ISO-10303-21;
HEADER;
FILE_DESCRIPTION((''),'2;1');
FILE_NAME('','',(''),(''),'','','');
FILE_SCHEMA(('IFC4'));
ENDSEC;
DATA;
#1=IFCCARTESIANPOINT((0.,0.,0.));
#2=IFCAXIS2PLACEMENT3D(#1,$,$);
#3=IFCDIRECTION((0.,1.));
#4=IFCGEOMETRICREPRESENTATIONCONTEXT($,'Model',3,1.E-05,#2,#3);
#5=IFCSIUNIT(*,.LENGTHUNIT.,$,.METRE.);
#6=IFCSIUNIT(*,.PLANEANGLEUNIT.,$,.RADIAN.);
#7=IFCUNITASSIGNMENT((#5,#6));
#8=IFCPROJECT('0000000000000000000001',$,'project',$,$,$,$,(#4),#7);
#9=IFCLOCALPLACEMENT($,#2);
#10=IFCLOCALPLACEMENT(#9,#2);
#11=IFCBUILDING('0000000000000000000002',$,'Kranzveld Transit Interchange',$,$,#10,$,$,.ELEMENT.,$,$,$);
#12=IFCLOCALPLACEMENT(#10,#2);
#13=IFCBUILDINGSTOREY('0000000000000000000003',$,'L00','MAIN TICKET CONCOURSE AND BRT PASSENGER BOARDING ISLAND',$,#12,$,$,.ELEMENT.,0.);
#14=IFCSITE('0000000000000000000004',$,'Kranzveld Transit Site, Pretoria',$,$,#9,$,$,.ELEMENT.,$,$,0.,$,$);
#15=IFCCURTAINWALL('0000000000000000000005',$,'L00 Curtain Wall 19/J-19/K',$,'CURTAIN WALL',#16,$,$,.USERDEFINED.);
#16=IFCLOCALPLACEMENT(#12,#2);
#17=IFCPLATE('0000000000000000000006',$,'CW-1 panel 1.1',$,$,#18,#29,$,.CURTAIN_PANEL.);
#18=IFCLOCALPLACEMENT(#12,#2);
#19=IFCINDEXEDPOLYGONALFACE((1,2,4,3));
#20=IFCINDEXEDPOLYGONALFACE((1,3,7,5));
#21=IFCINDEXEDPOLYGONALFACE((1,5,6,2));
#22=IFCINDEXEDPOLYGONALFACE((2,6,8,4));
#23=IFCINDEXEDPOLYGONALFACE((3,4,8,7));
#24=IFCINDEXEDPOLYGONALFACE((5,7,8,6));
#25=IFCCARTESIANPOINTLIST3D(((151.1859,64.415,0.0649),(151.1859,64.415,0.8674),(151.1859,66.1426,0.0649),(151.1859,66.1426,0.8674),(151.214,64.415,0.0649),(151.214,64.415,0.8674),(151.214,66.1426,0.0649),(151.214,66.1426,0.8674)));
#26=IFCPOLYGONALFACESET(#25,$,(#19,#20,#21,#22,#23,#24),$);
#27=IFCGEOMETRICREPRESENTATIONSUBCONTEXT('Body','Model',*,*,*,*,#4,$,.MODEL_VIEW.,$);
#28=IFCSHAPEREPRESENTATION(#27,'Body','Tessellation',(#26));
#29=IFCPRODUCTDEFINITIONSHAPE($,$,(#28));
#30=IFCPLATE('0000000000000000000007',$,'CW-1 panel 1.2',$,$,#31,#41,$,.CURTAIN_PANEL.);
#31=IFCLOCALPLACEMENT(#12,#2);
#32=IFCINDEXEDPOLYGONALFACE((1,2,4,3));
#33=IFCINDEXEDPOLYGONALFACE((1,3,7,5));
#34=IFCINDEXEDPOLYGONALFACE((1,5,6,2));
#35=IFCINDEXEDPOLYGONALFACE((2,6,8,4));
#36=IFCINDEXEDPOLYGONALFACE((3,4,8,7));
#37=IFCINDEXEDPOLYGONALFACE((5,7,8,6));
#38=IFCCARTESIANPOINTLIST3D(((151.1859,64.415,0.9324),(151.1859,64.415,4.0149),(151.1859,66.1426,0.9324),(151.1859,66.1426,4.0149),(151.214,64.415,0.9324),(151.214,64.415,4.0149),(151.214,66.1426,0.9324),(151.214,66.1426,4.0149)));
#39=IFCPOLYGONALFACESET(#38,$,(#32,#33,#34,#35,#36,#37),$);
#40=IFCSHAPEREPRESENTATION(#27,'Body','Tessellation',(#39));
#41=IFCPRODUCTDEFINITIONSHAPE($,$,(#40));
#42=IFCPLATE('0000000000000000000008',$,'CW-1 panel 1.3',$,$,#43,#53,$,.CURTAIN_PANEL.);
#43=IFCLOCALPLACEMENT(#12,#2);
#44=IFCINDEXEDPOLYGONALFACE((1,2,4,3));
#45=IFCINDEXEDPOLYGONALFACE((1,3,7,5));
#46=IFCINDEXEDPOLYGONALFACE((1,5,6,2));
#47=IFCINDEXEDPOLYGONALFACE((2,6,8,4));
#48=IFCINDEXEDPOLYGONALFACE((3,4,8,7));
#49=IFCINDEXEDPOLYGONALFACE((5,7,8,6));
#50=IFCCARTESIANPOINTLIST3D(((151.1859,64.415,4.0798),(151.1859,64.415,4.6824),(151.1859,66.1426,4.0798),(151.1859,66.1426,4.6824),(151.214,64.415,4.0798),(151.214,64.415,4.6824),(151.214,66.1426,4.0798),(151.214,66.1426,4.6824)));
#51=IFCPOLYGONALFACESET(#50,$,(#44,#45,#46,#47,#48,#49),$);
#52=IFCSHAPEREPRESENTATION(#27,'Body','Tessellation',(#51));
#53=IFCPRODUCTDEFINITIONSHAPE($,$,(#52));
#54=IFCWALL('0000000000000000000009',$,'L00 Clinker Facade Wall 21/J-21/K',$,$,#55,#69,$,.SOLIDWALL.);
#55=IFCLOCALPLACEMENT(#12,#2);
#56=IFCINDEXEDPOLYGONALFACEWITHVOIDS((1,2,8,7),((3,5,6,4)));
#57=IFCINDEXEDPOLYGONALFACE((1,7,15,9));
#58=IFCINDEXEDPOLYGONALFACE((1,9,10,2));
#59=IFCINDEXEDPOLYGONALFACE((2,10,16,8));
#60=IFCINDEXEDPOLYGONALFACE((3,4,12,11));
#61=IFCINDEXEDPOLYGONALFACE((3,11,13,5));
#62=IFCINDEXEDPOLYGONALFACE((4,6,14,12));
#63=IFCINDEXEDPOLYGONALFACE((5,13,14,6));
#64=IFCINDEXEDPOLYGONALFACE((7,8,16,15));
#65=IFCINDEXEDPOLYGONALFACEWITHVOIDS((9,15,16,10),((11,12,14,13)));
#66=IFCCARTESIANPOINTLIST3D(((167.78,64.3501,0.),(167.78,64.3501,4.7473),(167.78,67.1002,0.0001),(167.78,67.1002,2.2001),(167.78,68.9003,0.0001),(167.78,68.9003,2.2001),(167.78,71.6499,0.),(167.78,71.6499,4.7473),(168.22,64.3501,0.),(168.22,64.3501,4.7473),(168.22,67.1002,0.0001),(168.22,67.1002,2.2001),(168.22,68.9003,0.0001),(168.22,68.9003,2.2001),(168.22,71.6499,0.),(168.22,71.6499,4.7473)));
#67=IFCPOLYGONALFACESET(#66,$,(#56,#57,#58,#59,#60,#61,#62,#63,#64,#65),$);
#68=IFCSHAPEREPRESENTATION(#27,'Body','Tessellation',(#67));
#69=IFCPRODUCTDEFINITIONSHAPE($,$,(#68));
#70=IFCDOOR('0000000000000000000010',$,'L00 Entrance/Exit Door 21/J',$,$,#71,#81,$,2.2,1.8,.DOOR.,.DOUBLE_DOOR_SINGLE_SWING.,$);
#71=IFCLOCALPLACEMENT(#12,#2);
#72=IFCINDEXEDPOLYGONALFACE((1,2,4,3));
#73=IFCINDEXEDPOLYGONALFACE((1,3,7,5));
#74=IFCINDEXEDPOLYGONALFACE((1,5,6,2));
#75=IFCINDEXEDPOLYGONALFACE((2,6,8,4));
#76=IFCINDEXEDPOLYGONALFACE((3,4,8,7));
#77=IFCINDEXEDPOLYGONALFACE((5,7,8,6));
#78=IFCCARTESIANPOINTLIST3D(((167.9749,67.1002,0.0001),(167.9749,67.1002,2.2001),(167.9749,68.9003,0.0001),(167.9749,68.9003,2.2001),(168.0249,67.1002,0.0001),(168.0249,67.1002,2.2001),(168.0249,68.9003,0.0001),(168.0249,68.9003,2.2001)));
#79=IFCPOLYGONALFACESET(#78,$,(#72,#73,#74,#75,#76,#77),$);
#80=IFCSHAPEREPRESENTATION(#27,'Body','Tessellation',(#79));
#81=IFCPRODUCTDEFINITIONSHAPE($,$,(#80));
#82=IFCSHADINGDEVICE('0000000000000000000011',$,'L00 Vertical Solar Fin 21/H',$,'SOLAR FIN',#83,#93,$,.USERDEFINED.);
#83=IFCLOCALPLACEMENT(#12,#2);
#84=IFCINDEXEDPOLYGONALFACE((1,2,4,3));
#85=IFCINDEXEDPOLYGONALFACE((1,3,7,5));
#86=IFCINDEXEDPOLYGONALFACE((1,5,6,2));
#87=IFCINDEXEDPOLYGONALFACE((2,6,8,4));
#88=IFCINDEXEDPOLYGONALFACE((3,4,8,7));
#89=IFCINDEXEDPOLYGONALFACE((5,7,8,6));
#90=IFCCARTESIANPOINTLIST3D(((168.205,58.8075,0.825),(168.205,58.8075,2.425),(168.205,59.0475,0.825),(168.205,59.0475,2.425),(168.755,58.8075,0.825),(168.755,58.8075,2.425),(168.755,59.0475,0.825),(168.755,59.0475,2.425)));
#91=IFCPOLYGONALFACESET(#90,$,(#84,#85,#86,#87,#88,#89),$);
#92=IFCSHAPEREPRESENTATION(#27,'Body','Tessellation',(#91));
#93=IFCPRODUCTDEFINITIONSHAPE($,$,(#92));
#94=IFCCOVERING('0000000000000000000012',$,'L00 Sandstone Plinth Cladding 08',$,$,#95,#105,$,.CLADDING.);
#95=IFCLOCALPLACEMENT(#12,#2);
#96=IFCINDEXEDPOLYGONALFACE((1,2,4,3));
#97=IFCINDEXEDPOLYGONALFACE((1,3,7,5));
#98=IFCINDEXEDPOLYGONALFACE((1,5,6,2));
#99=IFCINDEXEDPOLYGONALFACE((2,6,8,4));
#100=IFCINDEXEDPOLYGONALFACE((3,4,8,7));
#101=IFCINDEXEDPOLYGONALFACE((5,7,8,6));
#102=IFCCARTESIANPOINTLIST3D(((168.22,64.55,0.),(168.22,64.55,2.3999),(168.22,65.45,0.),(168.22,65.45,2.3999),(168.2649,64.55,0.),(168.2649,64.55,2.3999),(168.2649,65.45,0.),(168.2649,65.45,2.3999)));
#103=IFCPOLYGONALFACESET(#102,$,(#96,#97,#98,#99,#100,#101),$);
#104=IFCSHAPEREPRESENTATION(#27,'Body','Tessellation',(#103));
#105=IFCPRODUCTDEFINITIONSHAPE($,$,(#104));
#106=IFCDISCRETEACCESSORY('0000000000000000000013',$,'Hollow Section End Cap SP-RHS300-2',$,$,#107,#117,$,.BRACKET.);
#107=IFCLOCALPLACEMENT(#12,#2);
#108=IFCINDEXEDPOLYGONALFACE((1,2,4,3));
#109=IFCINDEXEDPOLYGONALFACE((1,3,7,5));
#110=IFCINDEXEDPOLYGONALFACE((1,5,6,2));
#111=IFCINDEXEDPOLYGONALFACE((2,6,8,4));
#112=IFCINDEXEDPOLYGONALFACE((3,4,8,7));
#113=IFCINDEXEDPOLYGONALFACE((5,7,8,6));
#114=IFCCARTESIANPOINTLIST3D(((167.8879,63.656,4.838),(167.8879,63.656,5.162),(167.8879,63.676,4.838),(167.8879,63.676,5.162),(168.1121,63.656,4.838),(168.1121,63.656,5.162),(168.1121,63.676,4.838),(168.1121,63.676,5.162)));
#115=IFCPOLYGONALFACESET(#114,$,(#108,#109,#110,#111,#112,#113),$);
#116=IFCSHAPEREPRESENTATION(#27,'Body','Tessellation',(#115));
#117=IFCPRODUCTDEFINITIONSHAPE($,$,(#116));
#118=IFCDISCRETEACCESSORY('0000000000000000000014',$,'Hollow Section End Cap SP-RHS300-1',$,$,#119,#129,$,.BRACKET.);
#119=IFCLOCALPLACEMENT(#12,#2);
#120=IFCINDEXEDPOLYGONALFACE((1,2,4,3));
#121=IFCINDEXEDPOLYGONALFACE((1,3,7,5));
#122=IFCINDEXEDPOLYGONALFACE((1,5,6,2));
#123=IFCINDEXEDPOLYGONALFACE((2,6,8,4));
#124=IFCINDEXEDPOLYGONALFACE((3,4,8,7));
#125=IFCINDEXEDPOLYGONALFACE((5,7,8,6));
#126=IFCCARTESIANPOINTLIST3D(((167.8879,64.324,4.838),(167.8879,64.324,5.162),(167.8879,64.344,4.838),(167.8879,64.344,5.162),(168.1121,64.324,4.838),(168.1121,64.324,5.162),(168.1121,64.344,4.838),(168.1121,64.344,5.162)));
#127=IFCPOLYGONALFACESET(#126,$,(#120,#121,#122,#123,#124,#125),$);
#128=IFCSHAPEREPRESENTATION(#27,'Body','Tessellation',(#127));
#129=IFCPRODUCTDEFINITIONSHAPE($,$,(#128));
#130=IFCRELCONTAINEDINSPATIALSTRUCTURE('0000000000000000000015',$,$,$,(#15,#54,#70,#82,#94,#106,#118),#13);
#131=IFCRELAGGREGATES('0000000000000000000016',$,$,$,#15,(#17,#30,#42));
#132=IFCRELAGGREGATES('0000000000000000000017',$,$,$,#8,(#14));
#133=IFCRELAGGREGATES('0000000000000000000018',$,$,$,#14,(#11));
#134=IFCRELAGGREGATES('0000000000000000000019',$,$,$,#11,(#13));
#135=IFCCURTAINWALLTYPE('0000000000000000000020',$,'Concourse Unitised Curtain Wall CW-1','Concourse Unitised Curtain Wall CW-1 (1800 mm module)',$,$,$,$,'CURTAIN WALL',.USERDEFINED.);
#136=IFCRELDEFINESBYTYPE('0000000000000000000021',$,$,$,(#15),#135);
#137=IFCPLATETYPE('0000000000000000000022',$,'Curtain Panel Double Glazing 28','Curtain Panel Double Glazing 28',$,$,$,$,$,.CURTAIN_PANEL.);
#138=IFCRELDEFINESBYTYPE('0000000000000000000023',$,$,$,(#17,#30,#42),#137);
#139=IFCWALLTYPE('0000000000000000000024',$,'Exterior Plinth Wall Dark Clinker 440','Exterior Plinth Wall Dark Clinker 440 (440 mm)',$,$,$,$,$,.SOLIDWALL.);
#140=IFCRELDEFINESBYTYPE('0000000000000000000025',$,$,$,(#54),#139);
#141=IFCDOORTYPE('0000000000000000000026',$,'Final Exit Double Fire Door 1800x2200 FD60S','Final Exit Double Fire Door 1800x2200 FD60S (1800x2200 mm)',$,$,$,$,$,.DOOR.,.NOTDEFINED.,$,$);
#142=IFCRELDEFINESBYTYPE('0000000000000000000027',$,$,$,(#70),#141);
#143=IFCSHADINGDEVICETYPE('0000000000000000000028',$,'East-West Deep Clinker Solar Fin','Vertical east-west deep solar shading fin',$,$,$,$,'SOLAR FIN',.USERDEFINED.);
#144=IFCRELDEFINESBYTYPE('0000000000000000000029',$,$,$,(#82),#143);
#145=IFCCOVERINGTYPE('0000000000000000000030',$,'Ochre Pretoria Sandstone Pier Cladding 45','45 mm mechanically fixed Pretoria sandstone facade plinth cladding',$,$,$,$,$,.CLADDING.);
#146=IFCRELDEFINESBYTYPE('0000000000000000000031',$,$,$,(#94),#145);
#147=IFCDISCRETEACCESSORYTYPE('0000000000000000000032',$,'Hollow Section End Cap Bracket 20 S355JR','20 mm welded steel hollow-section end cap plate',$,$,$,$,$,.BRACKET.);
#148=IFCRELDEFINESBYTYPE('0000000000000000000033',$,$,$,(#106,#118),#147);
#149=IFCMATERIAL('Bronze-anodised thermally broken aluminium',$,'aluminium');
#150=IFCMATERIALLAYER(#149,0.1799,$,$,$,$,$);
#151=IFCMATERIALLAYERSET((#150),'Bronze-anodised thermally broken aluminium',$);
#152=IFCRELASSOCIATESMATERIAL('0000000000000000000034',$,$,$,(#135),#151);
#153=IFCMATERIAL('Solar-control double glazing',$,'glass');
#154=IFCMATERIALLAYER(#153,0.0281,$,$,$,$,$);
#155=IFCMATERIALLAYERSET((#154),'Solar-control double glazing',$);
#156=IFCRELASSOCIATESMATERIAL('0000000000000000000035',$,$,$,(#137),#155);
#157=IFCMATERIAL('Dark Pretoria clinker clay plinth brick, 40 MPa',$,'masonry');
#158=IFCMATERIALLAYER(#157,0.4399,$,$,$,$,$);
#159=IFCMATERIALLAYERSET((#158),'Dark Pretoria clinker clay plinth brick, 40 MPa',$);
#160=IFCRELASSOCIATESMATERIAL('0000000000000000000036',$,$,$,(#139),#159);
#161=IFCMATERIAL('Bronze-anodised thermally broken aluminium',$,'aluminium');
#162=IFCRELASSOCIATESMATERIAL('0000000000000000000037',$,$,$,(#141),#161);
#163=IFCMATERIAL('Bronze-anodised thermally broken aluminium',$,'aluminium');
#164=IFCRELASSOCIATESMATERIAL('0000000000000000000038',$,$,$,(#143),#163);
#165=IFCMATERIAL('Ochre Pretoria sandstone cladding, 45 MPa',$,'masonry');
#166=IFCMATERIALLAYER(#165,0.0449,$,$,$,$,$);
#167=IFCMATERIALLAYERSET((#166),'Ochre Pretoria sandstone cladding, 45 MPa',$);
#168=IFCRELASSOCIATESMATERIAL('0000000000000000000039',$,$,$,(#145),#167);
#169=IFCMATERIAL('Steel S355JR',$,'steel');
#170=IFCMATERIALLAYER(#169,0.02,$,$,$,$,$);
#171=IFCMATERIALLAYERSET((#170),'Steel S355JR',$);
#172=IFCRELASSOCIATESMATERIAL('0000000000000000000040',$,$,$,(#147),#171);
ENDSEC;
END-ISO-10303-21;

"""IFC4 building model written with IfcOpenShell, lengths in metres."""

from ifc_helpers import new_model, si_unit, direction, frame, frame_2d, origin, origin_2d, place, context, subcontext, project, spatial, rectangle, extrude, material, layer, layer_set, type_object, element, fill, aggregate, save


model = new_model("IFC4")

# Units and contexts
model_context = context("Model", 3, precision=1e-05, world=origin(), true_north=direction((0.0, 1.0)))
body_context = subcontext(model_context, "Body", "Model", "MODEL_VIEW")
ifc_project = project(units=[si_unit("LENGTHUNIT", "METRE"), si_unit("PLANEANGLEUNIT", "RADIAN")], contexts=[model_context])

# Site, building, storey
site_placement = place(None, origin())
site = spatial("IfcSite", under=ifc_project, at=site_placement, Name="Kranzveld Transit Site, Pretoria", CompositionType="ELEMENT", RefElevation=0.0)
building_placement = place(site_placement, origin())
building = spatial("IfcBuilding", under=site, at=building_placement, Name="Kranzveld Transit Interchange", CompositionType="ELEMENT")
storey_placement = place(building_placement, origin())
storey = spatial("IfcBuildingStorey", under=building, at=storey_placement, Name="L00", Description="MAIN TICKET CONCOURSE AND BRT PASSENGER BOARDING ISLAND", CompositionType="ELEMENT", Elevation=0.0)

# Curtain wall
ifc_material_1 = material(Name="Bronze-anodised thermally broken aluminium", Category="aluminium")
ifc_layer_1 = layer(ifc_material_1, 0.1799)
ifc_layer_set_1 = layer_set([ifc_layer_1], Name="Bronze-anodised thermally broken aluminium")
curtain_wall_type = type_object("IfcCurtainWallType", Name="Concourse Unitised Curtain Wall CW-1", Description="Concourse Unitised Curtain Wall CW-1 (1800 mm module)", ElementType="CURTAIN WALL", PredefinedType="USERDEFINED", material=ifc_layer_set_1)
curtain_wall_placement = place(storey_placement, origin())
curtain_wall = element("IfcCurtainWall", 1, at=curtain_wall_placement, inside=storey, type_object=curtain_wall_type, Name="L00 Curtain Wall 19/J-19/K", ObjectType="CURTAIN WALL", PredefinedType="USERDEFINED")

# Plates
ifc_material_2 = material(Name="Solar-control double glazing", Category="glass")
ifc_layer_2 = layer(ifc_material_2, 0.0281)
ifc_layer_set_2 = layer_set([ifc_layer_2], Name="Solar-control double glazing")
plate_type = type_object("IfcPlateType", Name="Curtain Panel Double Glazing 28", Description="Curtain Panel Double Glazing 28", PredefinedType="CURTAIN_PANEL", material=ifc_layer_set_2)
plate_1_placement = place(storey_placement, frame((151.2, 65.2788, 0.0649), z_axis=(0.0, 0.0, 1.0), x_axis=(0.0, 1.0, 0.0)))
plate_1 = element("IfcPlate", 2, at=plate_1_placement, type_object=plate_type, Name="CW-1 panel 1.1", PredefinedType="CURTAIN_PANEL", context=body_context, shape_type="SweptSolid", body=[
    extrude(rectangle(XDim=1.7275, YDim=0.0281, at=origin_2d()), origin(), (0.0, 0.0, 1.0), 0.8025),
])
plate_2_placement = place(storey_placement, frame((151.2, 65.2788, 0.9324), z_axis=(0.0, 0.0, 1.0), x_axis=(0.0, 1.0, 0.0)))
plate_2 = element("IfcPlate", 3, at=plate_2_placement, type_object=plate_type, Name="CW-1 panel 1.2", PredefinedType="CURTAIN_PANEL", context=body_context, shape_type="SweptSolid", body=[
    extrude(rectangle(XDim=1.7275, YDim=0.0281, at=origin_2d()), origin(), (0.0, 0.0, 1.0), 3.0825),
])
plate_3_placement = place(storey_placement, frame((151.2, 65.2788, 4.0798), z_axis=(0.0, 0.0, 1.0), x_axis=(0.0, 1.0, 0.0)))
plate_3 = element("IfcPlate", 4, at=plate_3_placement, type_object=plate_type, Name="CW-1 panel 1.3", PredefinedType="CURTAIN_PANEL", context=body_context, shape_type="SweptSolid", body=[
    extrude(rectangle(XDim=1.7275, YDim=0.0281, at=origin_2d()), origin(), (0.0, 0.0, 1.0), 0.6025),
])
aggregate(curtain_wall, [plate_1, plate_2, plate_3])

# Wall, opening, door
ifc_material_3 = material(Name="Dark Pretoria clinker clay plinth brick, 40 MPa", Category="masonry")
ifc_layer_3 = layer(ifc_material_3, 0.4399)
ifc_layer_set_3 = layer_set([ifc_layer_3], Name="Dark Pretoria clinker clay plinth brick, 40 MPa")
wall_type = type_object("IfcWallType", Name="Exterior Plinth Wall Dark Clinker 440", Description="Exterior Plinth Wall Dark Clinker 440 (440 mm)", PredefinedType="SOLIDWALL", material=ifc_layer_set_3)
wall_placement = place(storey_placement, frame((168.0, 64.3501, 0.0), z_axis=(0.0, 0.0, 1.0), x_axis=(0.0, 1.0, 0.0)))
wall = element("IfcWall", 5, at=wall_placement, inside=storey, type_object=wall_type, Name="L00 Clinker Facade Wall 21/J-21/K", PredefinedType="SOLIDWALL", context=body_context, shape_type="SweptSolid", body=[
    extrude(rectangle(XDim=7.2998, YDim=0.4399, at=frame_2d((3.6499, 0.0))), origin(), (0.0, 0.0, 1.0), 4.7473),
])
opening_placement = place(wall_placement, frame((4.55, 0.0, 0.0), z_axis=(0.0, 0.0, 1.0), x_axis=(-1.0, 0.0, 0.0)))
opening = element("IfcOpeningElement", 6, at=opening_placement, cuts=wall, PredefinedType="OPENING", context=body_context, shape_type="SweptSolid", body=[
    extrude(rectangle(XDim=1.8, YDim=2.2, at=frame_2d((0.8999, 1.1001))), frame((0.0, 0.23, 0.0), z_axis=(0.0, -1.0, 0.0), x_axis=(1.0, 0.0, 0.0)), (0.0, 0.0, 1.0), 0.46),
])
ifc_material_4 = material(Name="Bronze-anodised thermally broken aluminium", Category="aluminium")
door_type = type_object("IfcDoorType", Name="Final Exit Double Fire Door 1800x2200 FD60S", Description="Final Exit Double Fire Door 1800x2200 FD60S (1800x2200 mm)", OperationType="NOTDEFINED", PredefinedType="DOOR", material=ifc_material_4)
door_placement = place(opening_placement, origin())
door = element("IfcDoor", 7, at=door_placement, inside=storey, type_object=door_type, Name="L00 Entrance/Exit Door 21/J", OperationType="DOUBLE_DOOR_SINGLE_SWING", OverallHeight=2.2, OverallWidth=1.8, PredefinedType="DOOR", context=body_context, shape_type="SweptSolid", body=[
    extrude(rectangle(XDim=1.8, YDim=2.2, at=frame_2d((0.8999, 1.1001))), frame((0.0, 0.0249, 0.0), z_axis=(0.0, -1.0, 0.0), x_axis=(1.0, 0.0, 0.0)), (0.0, 0.0, 1.0), 0.05),
])
fill(opening, door)

# Shading device
ifc_material_5 = material(Name="Bronze-anodised thermally broken aluminium", Category="aluminium")
shading_device_type = type_object("IfcShadingDeviceType", Name="East-West Deep Clinker Solar Fin", Description="Vertical east-west deep solar shading fin", ElementType="SOLAR FIN", PredefinedType="USERDEFINED", material=ifc_material_5)
shading_device_placement = place(storey_placement, frame((168.48, 58.9275, 0.825), z_axis=(0.0, 0.0, 1.0), x_axis=(0.0, 1.0, 0.0)))
element("IfcShadingDevice", 8, at=shading_device_placement, inside=storey, type_object=shading_device_type, Name="L00 Vertical Solar Fin 21/H", ObjectType="SOLAR FIN", PredefinedType="USERDEFINED", context=body_context, shape_type="SweptSolid", body=[
    extrude(rectangle(XDim=0.24, YDim=0.55, at=origin_2d()), origin(), (0.0, 0.0, 1.0), 1.6001),
])

# Covering
ifc_material_6 = material(Name="Ochre Pretoria sandstone cladding, 45 MPa", Category="masonry")
ifc_layer_4 = layer(ifc_material_6, 0.0449)
ifc_layer_set_4 = layer_set([ifc_layer_4], Name="Ochre Pretoria sandstone cladding, 45 MPa")
covering_type = type_object("IfcCoveringType", Name="Ochre Pretoria Sandstone Pier Cladding 45", Description="45 mm mechanically fixed Pretoria sandstone facade plinth cladding", PredefinedType="CLADDING", material=ifc_layer_set_4)
covering_placement = place(storey_placement, frame((168.2424, 65.0, 0.0), z_axis=(0.0, 0.0, 1.0), x_axis=(0.0, 1.0, 0.0)))
element("IfcCovering", 9, at=covering_placement, inside=storey, type_object=covering_type, Name="L00 Sandstone Plinth Cladding 08", PredefinedType="CLADDING", context=body_context, shape_type="SweptSolid", body=[
    extrude(rectangle(XDim=0.8999, YDim=0.0449, at=origin_2d()), origin(), (0.0, 0.0, 1.0), 2.3999),
])

# Discrete accessories
ifc_material_7 = material(Name="Steel S355JR", Category="steel")
ifc_layer_5 = layer(ifc_material_7, 0.02)
ifc_layer_set_5 = layer_set([ifc_layer_5], Name="Steel S355JR")
discrete_accessory_type = type_object("IfcDiscreteAccessoryType", Name="Hollow Section End Cap Bracket 20 S355JR", Description="20 mm welded steel hollow-section end cap plate", PredefinedType="BRACKET", material=ifc_layer_set_5)
for number, where, z_axis, x_axis, name in (
    (10, (168.0, 63.656, 5.0), (0.0, 1.0, 0.0), (-1.0, 0.0, 0.0), "Hollow Section End Cap SP-RHS300-2"),
    (11, (168.0, 64.344, 5.0), (0.0, -1.0, 0.0), (1.0, 0.0, 0.0), "Hollow Section End Cap SP-RHS300-1"),
):
    element("IfcDiscreteAccessory", number, at=place(storey_placement, frame(where, z_axis=z_axis, x_axis=x_axis)), inside=storey, type_object=discrete_accessory_type, Name=name, PredefinedType="BRACKET", context=body_context, shape_type="SweptSolid", body=[
        extrude(rectangle(XDim=0.2241, YDim=0.324, at=origin_2d()), origin(), (0.0, 0.0, 1.0), 0.02),
    ])

save(model, "model.ifc")
